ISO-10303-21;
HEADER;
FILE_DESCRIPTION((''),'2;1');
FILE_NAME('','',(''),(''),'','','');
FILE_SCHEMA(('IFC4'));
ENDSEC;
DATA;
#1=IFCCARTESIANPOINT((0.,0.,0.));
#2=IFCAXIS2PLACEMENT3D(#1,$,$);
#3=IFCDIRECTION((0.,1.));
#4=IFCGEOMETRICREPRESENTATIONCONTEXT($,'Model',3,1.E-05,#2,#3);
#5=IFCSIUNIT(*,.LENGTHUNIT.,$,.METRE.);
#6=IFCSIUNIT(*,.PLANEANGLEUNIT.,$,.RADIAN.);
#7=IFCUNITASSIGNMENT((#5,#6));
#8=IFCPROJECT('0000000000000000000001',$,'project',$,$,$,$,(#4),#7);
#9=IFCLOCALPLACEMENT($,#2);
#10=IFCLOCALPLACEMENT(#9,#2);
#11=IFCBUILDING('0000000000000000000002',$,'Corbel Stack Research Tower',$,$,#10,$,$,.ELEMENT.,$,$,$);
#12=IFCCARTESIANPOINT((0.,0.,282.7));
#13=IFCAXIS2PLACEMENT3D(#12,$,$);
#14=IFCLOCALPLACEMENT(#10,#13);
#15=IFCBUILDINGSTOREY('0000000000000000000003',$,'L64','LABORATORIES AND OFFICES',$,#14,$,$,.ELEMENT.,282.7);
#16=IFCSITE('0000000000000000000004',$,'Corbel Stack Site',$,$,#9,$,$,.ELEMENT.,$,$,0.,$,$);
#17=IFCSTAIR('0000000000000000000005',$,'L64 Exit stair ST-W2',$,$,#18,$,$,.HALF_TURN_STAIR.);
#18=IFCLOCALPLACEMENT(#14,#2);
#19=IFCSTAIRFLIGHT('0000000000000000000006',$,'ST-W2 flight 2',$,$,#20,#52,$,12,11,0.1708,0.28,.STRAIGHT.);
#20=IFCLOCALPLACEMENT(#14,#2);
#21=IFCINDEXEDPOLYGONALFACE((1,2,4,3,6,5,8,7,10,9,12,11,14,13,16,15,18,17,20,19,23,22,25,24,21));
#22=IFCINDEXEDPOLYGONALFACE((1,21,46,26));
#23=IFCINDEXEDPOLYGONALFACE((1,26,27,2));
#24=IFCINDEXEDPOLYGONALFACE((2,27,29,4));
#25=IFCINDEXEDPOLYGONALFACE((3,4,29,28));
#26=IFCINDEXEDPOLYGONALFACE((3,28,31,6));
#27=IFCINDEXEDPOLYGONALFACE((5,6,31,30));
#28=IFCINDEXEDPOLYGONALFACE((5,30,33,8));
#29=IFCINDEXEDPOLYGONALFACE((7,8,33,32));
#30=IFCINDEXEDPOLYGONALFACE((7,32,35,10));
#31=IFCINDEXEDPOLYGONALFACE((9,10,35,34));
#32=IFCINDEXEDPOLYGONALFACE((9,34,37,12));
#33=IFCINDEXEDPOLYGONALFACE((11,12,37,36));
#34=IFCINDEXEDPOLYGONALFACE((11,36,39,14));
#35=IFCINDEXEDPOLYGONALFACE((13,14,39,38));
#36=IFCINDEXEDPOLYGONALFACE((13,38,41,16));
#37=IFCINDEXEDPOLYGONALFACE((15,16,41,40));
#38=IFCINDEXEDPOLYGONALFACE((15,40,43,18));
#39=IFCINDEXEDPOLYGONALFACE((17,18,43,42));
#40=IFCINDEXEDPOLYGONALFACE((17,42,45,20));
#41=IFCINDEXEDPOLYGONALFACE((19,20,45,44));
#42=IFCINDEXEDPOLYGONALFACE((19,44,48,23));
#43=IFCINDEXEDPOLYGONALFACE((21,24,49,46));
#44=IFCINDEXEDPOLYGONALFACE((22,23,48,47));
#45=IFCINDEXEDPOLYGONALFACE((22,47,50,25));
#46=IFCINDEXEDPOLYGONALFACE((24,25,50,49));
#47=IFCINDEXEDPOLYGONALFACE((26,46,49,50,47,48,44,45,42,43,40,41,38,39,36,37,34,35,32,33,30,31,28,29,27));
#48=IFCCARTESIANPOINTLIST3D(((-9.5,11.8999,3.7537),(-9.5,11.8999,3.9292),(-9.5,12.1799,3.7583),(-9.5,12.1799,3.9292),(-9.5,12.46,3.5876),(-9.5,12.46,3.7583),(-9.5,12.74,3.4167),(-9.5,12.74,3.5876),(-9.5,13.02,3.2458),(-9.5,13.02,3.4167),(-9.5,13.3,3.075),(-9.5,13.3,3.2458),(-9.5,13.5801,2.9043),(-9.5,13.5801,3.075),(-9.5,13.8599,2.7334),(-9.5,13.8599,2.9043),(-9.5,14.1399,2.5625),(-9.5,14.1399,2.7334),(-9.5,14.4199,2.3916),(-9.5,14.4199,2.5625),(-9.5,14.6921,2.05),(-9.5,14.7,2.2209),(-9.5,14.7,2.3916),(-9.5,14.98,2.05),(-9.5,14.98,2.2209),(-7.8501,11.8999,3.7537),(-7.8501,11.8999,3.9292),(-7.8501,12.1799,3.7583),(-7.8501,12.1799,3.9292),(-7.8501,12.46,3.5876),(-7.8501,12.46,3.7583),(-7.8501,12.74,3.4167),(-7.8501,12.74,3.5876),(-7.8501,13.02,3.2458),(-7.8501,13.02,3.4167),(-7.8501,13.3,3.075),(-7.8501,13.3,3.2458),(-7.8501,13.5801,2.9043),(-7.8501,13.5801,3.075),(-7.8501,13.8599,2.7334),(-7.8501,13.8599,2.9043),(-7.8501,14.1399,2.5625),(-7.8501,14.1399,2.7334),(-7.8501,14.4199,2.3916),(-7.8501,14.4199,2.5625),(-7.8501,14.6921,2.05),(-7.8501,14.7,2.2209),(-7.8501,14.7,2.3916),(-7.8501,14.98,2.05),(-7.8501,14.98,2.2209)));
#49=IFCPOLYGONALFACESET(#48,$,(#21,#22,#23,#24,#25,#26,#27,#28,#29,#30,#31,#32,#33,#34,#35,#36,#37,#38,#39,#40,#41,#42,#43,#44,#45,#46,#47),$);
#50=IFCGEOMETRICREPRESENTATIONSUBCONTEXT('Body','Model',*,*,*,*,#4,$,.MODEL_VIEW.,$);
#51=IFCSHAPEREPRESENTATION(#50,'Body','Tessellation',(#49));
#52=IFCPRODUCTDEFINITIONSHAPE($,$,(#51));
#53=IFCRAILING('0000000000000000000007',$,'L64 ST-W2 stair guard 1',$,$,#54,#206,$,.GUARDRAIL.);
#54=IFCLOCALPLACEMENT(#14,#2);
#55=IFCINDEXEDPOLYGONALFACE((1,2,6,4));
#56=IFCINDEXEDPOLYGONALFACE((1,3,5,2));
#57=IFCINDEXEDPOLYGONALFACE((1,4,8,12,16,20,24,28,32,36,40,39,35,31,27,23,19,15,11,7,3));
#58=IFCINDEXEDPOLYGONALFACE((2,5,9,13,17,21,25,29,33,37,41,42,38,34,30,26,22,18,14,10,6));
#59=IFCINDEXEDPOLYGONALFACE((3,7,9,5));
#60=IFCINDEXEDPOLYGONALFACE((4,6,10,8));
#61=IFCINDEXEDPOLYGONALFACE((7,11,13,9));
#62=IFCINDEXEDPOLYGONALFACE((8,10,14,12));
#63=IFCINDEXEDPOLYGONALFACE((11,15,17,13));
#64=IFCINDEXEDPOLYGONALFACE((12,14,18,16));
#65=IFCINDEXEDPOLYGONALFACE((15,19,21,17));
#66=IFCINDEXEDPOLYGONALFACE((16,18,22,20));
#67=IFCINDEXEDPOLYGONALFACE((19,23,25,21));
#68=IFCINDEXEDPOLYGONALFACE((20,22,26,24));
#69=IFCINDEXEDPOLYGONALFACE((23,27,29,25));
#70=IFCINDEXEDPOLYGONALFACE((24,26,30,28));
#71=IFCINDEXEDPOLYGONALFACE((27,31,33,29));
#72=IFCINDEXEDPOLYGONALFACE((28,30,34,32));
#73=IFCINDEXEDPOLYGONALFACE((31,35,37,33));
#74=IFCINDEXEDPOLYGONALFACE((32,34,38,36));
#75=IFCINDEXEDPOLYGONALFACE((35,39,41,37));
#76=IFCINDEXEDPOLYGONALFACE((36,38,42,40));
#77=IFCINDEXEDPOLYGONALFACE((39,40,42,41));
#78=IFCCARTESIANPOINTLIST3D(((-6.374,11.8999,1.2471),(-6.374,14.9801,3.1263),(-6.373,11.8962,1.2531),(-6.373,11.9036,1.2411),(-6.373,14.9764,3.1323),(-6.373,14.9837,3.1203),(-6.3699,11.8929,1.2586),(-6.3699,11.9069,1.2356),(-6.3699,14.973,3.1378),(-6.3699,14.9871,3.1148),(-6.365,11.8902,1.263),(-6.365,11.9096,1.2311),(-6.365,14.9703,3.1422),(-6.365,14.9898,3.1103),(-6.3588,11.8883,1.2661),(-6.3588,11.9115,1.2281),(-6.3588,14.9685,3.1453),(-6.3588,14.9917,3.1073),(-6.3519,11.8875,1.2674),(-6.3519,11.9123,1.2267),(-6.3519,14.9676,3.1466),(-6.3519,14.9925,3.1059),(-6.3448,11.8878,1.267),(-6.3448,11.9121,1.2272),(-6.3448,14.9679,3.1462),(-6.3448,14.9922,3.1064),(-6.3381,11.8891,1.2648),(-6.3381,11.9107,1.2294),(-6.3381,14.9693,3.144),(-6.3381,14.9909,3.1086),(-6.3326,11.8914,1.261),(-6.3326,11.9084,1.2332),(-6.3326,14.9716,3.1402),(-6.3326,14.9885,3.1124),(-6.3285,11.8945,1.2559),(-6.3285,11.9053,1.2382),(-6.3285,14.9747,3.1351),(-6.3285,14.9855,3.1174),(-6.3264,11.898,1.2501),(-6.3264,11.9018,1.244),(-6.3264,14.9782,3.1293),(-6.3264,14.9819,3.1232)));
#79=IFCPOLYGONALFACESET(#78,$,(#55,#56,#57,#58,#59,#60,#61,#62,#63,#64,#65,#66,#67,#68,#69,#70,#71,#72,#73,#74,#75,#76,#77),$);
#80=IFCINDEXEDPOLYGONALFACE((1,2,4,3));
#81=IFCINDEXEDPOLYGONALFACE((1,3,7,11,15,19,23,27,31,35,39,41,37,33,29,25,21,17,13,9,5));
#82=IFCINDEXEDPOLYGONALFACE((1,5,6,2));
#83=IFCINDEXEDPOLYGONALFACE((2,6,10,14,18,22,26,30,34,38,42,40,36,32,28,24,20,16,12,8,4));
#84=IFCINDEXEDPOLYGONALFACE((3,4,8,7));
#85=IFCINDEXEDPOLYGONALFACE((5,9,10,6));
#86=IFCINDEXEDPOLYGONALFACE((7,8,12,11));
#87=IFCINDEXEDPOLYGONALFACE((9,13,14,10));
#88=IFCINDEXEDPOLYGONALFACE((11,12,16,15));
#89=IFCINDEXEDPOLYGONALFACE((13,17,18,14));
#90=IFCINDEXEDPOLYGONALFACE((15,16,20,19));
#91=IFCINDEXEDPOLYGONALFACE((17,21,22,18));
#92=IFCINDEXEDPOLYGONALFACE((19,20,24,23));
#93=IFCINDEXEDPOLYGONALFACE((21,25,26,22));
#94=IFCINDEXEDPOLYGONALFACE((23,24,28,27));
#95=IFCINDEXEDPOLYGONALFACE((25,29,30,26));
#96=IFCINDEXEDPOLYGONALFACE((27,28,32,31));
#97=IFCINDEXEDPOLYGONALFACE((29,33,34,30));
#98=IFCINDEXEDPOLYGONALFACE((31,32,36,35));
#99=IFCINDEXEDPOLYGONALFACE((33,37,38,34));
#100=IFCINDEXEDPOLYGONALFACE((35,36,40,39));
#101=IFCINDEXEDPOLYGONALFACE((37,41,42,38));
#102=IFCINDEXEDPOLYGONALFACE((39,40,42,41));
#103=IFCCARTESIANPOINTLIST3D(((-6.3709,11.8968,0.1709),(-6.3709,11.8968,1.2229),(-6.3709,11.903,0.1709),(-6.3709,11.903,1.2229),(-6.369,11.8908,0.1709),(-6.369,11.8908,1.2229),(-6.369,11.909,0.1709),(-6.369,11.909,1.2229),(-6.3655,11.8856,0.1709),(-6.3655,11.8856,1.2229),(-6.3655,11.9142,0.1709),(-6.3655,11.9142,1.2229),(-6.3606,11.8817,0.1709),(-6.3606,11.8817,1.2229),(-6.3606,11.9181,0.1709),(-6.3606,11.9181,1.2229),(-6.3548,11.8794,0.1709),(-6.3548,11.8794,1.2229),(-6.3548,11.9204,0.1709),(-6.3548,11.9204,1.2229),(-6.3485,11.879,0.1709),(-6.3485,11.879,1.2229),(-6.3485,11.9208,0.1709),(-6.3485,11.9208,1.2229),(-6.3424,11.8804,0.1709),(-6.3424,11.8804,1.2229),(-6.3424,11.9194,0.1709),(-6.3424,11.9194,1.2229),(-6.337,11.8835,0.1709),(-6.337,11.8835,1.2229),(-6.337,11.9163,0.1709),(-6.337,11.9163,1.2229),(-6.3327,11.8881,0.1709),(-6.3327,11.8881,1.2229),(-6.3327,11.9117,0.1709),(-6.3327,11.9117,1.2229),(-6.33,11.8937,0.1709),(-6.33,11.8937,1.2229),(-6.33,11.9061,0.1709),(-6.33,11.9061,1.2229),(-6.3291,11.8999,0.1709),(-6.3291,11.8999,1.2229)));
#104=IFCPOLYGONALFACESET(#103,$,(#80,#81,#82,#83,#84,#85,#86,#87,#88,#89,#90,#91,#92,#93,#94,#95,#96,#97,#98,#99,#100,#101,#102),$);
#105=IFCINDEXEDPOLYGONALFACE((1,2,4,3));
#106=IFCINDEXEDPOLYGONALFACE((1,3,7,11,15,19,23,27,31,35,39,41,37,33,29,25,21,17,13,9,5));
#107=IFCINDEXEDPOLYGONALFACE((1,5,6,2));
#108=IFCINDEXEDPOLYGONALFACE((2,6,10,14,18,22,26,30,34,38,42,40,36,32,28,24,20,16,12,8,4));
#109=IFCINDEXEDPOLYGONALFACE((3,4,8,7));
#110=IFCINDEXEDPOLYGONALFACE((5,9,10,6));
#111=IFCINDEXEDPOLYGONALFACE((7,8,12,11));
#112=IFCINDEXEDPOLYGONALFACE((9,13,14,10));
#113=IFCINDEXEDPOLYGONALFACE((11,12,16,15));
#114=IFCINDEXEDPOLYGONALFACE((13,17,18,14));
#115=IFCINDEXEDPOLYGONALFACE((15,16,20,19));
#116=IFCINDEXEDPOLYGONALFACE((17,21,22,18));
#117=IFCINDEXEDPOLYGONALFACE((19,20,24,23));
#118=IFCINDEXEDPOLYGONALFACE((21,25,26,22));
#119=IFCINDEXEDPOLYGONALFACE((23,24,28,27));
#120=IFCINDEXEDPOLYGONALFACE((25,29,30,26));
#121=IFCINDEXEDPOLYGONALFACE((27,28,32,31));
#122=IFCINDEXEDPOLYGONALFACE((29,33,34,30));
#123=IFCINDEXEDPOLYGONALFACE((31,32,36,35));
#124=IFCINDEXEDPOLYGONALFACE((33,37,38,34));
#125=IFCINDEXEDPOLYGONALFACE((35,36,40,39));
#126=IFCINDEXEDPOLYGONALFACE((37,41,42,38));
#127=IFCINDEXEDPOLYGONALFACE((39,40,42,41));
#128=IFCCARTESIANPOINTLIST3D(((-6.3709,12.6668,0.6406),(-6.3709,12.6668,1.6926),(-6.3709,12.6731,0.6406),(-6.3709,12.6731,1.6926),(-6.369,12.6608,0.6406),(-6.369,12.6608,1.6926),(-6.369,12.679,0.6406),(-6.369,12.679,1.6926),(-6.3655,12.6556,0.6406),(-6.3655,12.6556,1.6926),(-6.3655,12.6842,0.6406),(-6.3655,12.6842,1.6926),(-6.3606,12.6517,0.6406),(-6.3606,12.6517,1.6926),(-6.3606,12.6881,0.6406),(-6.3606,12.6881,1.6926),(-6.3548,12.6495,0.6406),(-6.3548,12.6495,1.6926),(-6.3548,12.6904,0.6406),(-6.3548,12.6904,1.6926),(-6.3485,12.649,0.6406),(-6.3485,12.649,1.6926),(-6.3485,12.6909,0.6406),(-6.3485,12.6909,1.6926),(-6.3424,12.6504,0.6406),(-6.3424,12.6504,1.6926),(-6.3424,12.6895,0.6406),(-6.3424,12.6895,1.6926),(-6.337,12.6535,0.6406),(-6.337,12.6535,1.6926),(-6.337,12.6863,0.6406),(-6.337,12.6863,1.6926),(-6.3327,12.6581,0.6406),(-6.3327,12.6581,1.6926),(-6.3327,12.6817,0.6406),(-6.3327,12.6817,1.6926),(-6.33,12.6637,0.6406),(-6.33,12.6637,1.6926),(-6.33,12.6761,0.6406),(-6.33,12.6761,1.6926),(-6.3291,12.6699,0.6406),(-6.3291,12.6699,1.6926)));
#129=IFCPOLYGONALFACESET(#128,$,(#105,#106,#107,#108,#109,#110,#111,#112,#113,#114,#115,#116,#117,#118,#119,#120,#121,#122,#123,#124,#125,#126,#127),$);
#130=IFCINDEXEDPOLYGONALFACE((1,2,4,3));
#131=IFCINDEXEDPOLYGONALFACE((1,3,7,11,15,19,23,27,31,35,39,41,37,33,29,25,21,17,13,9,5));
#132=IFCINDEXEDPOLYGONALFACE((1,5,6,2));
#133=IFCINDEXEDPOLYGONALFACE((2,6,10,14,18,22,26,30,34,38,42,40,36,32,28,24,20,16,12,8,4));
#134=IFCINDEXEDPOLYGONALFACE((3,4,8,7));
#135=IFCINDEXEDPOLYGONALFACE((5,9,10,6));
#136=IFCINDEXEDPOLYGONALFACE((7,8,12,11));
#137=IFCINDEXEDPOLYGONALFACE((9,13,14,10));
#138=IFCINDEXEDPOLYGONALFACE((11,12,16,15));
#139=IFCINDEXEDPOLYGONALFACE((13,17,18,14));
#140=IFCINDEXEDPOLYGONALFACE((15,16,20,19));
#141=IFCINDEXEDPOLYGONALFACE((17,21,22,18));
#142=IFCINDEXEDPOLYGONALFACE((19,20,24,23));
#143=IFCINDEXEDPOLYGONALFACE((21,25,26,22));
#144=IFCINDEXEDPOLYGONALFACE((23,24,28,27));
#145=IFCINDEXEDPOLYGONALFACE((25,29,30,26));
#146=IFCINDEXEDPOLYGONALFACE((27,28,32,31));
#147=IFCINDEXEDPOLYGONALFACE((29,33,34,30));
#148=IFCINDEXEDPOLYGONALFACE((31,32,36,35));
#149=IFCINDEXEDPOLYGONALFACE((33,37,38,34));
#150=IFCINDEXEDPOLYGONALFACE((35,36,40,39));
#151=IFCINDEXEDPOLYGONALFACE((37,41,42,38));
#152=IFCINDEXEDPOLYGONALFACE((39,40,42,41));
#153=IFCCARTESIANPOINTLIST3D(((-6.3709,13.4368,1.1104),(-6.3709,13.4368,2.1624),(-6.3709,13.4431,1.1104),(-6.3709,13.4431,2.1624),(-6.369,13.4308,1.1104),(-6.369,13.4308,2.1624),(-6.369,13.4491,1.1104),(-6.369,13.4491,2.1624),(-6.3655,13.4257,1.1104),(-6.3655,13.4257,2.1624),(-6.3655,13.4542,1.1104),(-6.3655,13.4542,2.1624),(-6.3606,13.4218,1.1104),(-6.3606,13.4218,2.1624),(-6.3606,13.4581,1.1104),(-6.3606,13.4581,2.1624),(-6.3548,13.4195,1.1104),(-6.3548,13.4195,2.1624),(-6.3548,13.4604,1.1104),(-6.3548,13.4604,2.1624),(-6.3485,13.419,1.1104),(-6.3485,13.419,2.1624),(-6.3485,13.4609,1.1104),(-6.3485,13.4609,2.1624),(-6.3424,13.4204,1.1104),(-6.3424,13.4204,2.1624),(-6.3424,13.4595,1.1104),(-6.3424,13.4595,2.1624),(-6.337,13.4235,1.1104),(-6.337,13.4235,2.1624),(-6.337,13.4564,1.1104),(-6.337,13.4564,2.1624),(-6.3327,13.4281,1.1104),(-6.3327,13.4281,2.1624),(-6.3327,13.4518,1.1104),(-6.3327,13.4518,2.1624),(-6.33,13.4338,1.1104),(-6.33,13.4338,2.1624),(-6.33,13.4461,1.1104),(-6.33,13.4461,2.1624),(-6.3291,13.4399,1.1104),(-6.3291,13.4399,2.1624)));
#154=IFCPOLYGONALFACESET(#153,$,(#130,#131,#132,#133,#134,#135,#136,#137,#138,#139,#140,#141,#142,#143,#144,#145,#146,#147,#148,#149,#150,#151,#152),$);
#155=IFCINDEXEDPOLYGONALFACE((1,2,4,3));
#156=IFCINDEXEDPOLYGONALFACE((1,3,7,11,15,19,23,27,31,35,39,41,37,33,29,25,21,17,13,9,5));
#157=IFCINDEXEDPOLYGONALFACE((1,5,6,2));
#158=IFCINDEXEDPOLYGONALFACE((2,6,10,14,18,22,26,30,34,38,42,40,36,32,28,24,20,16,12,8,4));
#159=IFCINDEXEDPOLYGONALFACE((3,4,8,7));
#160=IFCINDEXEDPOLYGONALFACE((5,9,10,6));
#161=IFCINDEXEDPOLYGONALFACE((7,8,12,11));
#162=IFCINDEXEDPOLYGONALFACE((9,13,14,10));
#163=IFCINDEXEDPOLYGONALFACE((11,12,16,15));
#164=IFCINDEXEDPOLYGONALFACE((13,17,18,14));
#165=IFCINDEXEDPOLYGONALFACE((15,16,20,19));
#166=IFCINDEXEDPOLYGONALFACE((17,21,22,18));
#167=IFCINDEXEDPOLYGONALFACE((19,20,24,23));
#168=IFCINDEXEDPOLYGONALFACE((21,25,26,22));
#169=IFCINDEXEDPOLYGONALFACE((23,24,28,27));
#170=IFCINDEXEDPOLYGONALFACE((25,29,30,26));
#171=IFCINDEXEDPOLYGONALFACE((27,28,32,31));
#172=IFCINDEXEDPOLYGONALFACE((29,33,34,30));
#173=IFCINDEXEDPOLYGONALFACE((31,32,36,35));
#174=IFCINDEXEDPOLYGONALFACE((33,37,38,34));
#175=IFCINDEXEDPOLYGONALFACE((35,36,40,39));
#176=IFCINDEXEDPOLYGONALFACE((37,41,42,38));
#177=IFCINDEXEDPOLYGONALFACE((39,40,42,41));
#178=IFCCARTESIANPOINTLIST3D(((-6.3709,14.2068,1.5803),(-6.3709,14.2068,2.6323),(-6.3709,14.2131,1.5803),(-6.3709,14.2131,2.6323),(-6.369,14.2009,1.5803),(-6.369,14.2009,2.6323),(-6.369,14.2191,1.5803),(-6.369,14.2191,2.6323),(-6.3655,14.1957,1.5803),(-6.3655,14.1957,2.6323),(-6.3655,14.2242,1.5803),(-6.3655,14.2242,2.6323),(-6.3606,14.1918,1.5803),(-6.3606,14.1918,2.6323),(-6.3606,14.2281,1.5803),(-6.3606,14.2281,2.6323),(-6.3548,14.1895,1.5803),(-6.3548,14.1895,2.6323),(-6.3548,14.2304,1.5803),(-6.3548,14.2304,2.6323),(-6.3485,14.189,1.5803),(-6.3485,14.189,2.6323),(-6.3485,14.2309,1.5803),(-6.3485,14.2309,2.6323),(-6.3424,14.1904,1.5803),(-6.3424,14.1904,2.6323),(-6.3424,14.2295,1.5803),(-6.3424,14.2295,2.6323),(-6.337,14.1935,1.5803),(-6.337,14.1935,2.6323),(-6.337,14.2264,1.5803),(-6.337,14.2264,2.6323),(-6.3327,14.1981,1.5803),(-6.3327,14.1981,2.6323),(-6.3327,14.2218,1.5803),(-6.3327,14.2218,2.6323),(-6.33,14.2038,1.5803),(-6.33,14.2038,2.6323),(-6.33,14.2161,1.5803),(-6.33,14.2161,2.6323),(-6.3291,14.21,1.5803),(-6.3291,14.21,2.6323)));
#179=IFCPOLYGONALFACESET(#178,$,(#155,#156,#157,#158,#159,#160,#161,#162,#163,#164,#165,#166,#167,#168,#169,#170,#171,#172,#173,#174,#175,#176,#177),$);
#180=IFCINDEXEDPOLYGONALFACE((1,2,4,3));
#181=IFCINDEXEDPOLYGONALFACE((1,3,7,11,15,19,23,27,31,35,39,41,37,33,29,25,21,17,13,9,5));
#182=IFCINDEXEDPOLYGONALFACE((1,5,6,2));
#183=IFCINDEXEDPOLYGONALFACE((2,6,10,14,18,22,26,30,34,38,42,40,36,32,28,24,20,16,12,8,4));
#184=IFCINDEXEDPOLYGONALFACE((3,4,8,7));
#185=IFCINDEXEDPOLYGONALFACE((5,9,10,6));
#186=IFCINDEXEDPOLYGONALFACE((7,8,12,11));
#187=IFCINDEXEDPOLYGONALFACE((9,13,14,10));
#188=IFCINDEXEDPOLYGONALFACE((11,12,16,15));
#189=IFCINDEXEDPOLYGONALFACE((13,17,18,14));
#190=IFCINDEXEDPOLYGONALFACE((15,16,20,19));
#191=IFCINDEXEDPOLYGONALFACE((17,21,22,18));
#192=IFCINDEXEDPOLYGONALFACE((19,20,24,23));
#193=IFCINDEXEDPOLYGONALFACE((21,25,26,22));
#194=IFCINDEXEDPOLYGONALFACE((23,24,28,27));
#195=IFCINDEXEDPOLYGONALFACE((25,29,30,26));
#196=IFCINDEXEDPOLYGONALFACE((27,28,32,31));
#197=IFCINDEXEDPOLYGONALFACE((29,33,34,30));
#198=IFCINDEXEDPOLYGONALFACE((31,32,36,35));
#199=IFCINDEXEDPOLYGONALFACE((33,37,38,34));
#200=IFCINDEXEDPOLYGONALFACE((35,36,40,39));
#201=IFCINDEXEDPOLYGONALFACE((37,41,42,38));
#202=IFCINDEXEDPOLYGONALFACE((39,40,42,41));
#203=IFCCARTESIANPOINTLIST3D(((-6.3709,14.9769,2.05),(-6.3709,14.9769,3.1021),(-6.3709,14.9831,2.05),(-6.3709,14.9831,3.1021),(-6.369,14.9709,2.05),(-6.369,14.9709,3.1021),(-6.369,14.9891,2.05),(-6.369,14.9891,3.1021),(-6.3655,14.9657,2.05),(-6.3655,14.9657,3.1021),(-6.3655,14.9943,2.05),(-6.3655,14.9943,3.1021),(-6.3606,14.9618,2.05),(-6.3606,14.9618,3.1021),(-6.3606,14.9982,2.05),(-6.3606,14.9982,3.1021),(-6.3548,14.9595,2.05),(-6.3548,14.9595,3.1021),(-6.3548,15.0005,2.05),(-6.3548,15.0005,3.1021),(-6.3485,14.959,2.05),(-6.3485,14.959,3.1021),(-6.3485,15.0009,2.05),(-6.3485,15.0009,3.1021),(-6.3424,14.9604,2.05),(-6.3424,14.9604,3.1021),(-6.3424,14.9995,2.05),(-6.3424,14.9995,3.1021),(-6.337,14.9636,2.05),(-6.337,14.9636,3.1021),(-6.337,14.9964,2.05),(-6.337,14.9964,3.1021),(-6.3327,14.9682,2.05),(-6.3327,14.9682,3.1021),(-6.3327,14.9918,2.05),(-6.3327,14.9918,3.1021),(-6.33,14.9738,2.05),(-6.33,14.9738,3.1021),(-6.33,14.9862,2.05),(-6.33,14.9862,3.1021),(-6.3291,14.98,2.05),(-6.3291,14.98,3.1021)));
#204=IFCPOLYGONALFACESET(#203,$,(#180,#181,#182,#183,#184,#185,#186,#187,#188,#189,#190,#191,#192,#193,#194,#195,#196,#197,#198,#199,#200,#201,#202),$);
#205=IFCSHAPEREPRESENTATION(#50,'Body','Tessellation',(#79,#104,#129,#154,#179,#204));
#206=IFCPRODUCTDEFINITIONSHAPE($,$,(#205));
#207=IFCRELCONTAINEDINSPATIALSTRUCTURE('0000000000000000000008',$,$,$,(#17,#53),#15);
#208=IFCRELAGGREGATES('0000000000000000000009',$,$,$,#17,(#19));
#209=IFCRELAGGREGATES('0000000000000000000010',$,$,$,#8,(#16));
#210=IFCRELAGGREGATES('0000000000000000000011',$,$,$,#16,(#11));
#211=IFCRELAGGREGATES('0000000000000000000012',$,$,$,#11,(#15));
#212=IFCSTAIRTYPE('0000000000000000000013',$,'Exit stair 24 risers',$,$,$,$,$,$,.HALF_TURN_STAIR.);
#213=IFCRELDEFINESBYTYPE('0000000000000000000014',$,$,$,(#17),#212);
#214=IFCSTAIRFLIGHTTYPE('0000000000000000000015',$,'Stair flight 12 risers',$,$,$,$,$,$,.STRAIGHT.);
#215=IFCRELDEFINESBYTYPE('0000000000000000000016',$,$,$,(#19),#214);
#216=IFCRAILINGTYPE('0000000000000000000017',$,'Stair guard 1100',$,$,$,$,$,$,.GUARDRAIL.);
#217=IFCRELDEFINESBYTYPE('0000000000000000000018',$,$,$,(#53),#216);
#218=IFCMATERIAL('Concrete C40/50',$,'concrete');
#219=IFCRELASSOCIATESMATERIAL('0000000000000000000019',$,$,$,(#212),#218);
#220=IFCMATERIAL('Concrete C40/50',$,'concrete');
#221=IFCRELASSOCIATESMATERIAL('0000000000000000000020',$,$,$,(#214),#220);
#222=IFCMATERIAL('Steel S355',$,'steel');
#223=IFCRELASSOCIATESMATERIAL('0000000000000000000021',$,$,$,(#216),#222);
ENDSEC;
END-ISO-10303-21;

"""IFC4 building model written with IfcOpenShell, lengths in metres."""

from ifc_helpers import new_model, si_unit, direction, frame, origin, origin_2d, place, context, subcontext, project, spatial, polyline, circle, outline, extrude, material, type_object, element, aggregate, save


model = new_model("IFC4")

# Units and contexts
model_context = context("Model", 3, precision=1e-05, world=origin(), true_north=direction((0.0, 1.0)))
body_context = subcontext(model_context, "Body", "Model", "MODEL_VIEW")
ifc_project = project(units=[si_unit("LENGTHUNIT", "METRE"), si_unit("PLANEANGLEUNIT", "RADIAN")], contexts=[model_context])

# Site, building, storey
site_placement = place(None, origin())
site = spatial("IfcSite", under=ifc_project, at=site_placement, Name="Corbel Stack Site", CompositionType="ELEMENT", RefElevation=0.0)
building_placement = place(site_placement, origin())
building = spatial("IfcBuilding", under=site, at=building_placement, Name="Corbel Stack Research Tower", CompositionType="ELEMENT")
storey_placement = place(building_placement, frame((0.0, 0.0, 282.7)))
storey = spatial("IfcBuildingStorey", under=building, at=storey_placement, Name="L64", Description="LABORATORIES AND OFFICES", CompositionType="ELEMENT", Elevation=282.7)

# Stair, stair flight
ifc_material_1 = material(Name="Concrete C40/50", Category="concrete")
stair_type = type_object("IfcStairType", Name="Exit stair 24 risers", PredefinedType="HALF_TURN_STAIR", material=ifc_material_1)
stair_placement = place(storey_placement, origin())
stair = element("IfcStair", 1, at=stair_placement, inside=storey, type_object=stair_type, Name="L64 Exit stair ST-W2", PredefinedType="HALF_TURN_STAIR")
ifc_material_2 = material(Name="Concrete C40/50", Category="concrete")
stair_flight_type = type_object("IfcStairFlightType", Name="Stair flight 12 risers", PredefinedType="STRAIGHT", material=ifc_material_2)
stair_flight_1_placement = place(storey_placement, frame((-8.675, 14.98, 2.05), z_axis=(0.0, 0.0, 1.0), x_axis=(0.0, -1.0, 0.0)))
stair_flight_1 = element("IfcStairFlight", 2, at=stair_flight_1_placement, type_object=stair_flight_type, Name="ST-W2 flight 2", NumberOfRisers=12, NumberOfTreads=11, PredefinedType="STRAIGHT", RiserHeight=0.1708, TreadLength=0.28, context=body_context, shape_type="SweptSolid", body=[
    extrude(outline(polyline([(0.0, 0.0), (0.0, 0.1709), (0.28, 0.1709), (0.28, 0.3416), (0.5601, 0.3416), (0.5601, 0.5125), (0.8401, 0.5125), (0.8401, 0.6833), (1.1201, 0.6833), (1.1201, 0.8542), (1.3999, 0.8542), (1.3999, 1.0249), (1.6799, 1.0249), (1.6799, 1.1958), (1.96, 1.1958), (1.96, 1.3667), (2.24, 1.3667), (2.24, 1.5376), (2.52, 1.5376), (2.52, 1.7083), (2.8, 1.7083), (2.8, 1.8792), (3.0801, 1.8792), (3.0801, 2.05), (3.0801, 1.7036), (0.2878, 0.0), (0.0, 0.0)])), frame((0.0, 0.825, 0.0), z_axis=(0.0, -1.0, 0.0), x_axis=(1.0, 0.0, 0.0)), (0.0, 0.0, 1.0), 1.6499),
])
aggregate(stair, [stair_flight_1])

# Railing
ifc_material_3 = material(Name="Steel S355", Category="steel")
railing_type_1 = type_object("IfcRailingType", Name="Stair guard 1100", PredefinedType="GUARDRAIL", material=ifc_material_3)
railing_1_placement = place(storey_placement, frame((-6.3501, 11.8999, 0.1709)))
element("IfcRailing", 3, at=railing_1_placement, inside=storey, type_object=railing_type_1, Name="L64 ST-W2 stair guard 1", PredefinedType="GUARDRAIL", context=body_context, shape_type="SweptSolid", body=[
    extrude(circle(Radius=0.0239, at=origin_2d()), frame((0.0, 0.0, 1.0762), z_axis=(0.0, 0.853666, 0.52082), x_axis=(-1.0, 0.0, 0.0)), (0.0, 0.0, 1.0), 3.6082),
    extrude(circle(Radius=0.021, at=origin_2d()), origin(), (0.0, 0.0, 1.0), 1.052),
    extrude(circle(Radius=0.021, at=origin_2d()), frame((0.0, 0.77, 0.4697)), (0.0, 0.0, 1.0), 1.052),
    extrude(circle(Radius=0.021, at=origin_2d()), frame((0.0, 1.54, 0.9395)), (0.0, 0.0, 1.0), 1.052),
    extrude(circle(Radius=0.021, at=origin_2d()), frame((0.0, 2.3101, 1.4094)), (0.0, 0.0, 1.0), 1.052),
    extrude(circle(Radius=0.021, at=origin_2d()), frame((0.0, 3.0801, 1.8792)), (0.0, 0.0, 1.0), 1.052),
])

save(model, "model.ifc")
